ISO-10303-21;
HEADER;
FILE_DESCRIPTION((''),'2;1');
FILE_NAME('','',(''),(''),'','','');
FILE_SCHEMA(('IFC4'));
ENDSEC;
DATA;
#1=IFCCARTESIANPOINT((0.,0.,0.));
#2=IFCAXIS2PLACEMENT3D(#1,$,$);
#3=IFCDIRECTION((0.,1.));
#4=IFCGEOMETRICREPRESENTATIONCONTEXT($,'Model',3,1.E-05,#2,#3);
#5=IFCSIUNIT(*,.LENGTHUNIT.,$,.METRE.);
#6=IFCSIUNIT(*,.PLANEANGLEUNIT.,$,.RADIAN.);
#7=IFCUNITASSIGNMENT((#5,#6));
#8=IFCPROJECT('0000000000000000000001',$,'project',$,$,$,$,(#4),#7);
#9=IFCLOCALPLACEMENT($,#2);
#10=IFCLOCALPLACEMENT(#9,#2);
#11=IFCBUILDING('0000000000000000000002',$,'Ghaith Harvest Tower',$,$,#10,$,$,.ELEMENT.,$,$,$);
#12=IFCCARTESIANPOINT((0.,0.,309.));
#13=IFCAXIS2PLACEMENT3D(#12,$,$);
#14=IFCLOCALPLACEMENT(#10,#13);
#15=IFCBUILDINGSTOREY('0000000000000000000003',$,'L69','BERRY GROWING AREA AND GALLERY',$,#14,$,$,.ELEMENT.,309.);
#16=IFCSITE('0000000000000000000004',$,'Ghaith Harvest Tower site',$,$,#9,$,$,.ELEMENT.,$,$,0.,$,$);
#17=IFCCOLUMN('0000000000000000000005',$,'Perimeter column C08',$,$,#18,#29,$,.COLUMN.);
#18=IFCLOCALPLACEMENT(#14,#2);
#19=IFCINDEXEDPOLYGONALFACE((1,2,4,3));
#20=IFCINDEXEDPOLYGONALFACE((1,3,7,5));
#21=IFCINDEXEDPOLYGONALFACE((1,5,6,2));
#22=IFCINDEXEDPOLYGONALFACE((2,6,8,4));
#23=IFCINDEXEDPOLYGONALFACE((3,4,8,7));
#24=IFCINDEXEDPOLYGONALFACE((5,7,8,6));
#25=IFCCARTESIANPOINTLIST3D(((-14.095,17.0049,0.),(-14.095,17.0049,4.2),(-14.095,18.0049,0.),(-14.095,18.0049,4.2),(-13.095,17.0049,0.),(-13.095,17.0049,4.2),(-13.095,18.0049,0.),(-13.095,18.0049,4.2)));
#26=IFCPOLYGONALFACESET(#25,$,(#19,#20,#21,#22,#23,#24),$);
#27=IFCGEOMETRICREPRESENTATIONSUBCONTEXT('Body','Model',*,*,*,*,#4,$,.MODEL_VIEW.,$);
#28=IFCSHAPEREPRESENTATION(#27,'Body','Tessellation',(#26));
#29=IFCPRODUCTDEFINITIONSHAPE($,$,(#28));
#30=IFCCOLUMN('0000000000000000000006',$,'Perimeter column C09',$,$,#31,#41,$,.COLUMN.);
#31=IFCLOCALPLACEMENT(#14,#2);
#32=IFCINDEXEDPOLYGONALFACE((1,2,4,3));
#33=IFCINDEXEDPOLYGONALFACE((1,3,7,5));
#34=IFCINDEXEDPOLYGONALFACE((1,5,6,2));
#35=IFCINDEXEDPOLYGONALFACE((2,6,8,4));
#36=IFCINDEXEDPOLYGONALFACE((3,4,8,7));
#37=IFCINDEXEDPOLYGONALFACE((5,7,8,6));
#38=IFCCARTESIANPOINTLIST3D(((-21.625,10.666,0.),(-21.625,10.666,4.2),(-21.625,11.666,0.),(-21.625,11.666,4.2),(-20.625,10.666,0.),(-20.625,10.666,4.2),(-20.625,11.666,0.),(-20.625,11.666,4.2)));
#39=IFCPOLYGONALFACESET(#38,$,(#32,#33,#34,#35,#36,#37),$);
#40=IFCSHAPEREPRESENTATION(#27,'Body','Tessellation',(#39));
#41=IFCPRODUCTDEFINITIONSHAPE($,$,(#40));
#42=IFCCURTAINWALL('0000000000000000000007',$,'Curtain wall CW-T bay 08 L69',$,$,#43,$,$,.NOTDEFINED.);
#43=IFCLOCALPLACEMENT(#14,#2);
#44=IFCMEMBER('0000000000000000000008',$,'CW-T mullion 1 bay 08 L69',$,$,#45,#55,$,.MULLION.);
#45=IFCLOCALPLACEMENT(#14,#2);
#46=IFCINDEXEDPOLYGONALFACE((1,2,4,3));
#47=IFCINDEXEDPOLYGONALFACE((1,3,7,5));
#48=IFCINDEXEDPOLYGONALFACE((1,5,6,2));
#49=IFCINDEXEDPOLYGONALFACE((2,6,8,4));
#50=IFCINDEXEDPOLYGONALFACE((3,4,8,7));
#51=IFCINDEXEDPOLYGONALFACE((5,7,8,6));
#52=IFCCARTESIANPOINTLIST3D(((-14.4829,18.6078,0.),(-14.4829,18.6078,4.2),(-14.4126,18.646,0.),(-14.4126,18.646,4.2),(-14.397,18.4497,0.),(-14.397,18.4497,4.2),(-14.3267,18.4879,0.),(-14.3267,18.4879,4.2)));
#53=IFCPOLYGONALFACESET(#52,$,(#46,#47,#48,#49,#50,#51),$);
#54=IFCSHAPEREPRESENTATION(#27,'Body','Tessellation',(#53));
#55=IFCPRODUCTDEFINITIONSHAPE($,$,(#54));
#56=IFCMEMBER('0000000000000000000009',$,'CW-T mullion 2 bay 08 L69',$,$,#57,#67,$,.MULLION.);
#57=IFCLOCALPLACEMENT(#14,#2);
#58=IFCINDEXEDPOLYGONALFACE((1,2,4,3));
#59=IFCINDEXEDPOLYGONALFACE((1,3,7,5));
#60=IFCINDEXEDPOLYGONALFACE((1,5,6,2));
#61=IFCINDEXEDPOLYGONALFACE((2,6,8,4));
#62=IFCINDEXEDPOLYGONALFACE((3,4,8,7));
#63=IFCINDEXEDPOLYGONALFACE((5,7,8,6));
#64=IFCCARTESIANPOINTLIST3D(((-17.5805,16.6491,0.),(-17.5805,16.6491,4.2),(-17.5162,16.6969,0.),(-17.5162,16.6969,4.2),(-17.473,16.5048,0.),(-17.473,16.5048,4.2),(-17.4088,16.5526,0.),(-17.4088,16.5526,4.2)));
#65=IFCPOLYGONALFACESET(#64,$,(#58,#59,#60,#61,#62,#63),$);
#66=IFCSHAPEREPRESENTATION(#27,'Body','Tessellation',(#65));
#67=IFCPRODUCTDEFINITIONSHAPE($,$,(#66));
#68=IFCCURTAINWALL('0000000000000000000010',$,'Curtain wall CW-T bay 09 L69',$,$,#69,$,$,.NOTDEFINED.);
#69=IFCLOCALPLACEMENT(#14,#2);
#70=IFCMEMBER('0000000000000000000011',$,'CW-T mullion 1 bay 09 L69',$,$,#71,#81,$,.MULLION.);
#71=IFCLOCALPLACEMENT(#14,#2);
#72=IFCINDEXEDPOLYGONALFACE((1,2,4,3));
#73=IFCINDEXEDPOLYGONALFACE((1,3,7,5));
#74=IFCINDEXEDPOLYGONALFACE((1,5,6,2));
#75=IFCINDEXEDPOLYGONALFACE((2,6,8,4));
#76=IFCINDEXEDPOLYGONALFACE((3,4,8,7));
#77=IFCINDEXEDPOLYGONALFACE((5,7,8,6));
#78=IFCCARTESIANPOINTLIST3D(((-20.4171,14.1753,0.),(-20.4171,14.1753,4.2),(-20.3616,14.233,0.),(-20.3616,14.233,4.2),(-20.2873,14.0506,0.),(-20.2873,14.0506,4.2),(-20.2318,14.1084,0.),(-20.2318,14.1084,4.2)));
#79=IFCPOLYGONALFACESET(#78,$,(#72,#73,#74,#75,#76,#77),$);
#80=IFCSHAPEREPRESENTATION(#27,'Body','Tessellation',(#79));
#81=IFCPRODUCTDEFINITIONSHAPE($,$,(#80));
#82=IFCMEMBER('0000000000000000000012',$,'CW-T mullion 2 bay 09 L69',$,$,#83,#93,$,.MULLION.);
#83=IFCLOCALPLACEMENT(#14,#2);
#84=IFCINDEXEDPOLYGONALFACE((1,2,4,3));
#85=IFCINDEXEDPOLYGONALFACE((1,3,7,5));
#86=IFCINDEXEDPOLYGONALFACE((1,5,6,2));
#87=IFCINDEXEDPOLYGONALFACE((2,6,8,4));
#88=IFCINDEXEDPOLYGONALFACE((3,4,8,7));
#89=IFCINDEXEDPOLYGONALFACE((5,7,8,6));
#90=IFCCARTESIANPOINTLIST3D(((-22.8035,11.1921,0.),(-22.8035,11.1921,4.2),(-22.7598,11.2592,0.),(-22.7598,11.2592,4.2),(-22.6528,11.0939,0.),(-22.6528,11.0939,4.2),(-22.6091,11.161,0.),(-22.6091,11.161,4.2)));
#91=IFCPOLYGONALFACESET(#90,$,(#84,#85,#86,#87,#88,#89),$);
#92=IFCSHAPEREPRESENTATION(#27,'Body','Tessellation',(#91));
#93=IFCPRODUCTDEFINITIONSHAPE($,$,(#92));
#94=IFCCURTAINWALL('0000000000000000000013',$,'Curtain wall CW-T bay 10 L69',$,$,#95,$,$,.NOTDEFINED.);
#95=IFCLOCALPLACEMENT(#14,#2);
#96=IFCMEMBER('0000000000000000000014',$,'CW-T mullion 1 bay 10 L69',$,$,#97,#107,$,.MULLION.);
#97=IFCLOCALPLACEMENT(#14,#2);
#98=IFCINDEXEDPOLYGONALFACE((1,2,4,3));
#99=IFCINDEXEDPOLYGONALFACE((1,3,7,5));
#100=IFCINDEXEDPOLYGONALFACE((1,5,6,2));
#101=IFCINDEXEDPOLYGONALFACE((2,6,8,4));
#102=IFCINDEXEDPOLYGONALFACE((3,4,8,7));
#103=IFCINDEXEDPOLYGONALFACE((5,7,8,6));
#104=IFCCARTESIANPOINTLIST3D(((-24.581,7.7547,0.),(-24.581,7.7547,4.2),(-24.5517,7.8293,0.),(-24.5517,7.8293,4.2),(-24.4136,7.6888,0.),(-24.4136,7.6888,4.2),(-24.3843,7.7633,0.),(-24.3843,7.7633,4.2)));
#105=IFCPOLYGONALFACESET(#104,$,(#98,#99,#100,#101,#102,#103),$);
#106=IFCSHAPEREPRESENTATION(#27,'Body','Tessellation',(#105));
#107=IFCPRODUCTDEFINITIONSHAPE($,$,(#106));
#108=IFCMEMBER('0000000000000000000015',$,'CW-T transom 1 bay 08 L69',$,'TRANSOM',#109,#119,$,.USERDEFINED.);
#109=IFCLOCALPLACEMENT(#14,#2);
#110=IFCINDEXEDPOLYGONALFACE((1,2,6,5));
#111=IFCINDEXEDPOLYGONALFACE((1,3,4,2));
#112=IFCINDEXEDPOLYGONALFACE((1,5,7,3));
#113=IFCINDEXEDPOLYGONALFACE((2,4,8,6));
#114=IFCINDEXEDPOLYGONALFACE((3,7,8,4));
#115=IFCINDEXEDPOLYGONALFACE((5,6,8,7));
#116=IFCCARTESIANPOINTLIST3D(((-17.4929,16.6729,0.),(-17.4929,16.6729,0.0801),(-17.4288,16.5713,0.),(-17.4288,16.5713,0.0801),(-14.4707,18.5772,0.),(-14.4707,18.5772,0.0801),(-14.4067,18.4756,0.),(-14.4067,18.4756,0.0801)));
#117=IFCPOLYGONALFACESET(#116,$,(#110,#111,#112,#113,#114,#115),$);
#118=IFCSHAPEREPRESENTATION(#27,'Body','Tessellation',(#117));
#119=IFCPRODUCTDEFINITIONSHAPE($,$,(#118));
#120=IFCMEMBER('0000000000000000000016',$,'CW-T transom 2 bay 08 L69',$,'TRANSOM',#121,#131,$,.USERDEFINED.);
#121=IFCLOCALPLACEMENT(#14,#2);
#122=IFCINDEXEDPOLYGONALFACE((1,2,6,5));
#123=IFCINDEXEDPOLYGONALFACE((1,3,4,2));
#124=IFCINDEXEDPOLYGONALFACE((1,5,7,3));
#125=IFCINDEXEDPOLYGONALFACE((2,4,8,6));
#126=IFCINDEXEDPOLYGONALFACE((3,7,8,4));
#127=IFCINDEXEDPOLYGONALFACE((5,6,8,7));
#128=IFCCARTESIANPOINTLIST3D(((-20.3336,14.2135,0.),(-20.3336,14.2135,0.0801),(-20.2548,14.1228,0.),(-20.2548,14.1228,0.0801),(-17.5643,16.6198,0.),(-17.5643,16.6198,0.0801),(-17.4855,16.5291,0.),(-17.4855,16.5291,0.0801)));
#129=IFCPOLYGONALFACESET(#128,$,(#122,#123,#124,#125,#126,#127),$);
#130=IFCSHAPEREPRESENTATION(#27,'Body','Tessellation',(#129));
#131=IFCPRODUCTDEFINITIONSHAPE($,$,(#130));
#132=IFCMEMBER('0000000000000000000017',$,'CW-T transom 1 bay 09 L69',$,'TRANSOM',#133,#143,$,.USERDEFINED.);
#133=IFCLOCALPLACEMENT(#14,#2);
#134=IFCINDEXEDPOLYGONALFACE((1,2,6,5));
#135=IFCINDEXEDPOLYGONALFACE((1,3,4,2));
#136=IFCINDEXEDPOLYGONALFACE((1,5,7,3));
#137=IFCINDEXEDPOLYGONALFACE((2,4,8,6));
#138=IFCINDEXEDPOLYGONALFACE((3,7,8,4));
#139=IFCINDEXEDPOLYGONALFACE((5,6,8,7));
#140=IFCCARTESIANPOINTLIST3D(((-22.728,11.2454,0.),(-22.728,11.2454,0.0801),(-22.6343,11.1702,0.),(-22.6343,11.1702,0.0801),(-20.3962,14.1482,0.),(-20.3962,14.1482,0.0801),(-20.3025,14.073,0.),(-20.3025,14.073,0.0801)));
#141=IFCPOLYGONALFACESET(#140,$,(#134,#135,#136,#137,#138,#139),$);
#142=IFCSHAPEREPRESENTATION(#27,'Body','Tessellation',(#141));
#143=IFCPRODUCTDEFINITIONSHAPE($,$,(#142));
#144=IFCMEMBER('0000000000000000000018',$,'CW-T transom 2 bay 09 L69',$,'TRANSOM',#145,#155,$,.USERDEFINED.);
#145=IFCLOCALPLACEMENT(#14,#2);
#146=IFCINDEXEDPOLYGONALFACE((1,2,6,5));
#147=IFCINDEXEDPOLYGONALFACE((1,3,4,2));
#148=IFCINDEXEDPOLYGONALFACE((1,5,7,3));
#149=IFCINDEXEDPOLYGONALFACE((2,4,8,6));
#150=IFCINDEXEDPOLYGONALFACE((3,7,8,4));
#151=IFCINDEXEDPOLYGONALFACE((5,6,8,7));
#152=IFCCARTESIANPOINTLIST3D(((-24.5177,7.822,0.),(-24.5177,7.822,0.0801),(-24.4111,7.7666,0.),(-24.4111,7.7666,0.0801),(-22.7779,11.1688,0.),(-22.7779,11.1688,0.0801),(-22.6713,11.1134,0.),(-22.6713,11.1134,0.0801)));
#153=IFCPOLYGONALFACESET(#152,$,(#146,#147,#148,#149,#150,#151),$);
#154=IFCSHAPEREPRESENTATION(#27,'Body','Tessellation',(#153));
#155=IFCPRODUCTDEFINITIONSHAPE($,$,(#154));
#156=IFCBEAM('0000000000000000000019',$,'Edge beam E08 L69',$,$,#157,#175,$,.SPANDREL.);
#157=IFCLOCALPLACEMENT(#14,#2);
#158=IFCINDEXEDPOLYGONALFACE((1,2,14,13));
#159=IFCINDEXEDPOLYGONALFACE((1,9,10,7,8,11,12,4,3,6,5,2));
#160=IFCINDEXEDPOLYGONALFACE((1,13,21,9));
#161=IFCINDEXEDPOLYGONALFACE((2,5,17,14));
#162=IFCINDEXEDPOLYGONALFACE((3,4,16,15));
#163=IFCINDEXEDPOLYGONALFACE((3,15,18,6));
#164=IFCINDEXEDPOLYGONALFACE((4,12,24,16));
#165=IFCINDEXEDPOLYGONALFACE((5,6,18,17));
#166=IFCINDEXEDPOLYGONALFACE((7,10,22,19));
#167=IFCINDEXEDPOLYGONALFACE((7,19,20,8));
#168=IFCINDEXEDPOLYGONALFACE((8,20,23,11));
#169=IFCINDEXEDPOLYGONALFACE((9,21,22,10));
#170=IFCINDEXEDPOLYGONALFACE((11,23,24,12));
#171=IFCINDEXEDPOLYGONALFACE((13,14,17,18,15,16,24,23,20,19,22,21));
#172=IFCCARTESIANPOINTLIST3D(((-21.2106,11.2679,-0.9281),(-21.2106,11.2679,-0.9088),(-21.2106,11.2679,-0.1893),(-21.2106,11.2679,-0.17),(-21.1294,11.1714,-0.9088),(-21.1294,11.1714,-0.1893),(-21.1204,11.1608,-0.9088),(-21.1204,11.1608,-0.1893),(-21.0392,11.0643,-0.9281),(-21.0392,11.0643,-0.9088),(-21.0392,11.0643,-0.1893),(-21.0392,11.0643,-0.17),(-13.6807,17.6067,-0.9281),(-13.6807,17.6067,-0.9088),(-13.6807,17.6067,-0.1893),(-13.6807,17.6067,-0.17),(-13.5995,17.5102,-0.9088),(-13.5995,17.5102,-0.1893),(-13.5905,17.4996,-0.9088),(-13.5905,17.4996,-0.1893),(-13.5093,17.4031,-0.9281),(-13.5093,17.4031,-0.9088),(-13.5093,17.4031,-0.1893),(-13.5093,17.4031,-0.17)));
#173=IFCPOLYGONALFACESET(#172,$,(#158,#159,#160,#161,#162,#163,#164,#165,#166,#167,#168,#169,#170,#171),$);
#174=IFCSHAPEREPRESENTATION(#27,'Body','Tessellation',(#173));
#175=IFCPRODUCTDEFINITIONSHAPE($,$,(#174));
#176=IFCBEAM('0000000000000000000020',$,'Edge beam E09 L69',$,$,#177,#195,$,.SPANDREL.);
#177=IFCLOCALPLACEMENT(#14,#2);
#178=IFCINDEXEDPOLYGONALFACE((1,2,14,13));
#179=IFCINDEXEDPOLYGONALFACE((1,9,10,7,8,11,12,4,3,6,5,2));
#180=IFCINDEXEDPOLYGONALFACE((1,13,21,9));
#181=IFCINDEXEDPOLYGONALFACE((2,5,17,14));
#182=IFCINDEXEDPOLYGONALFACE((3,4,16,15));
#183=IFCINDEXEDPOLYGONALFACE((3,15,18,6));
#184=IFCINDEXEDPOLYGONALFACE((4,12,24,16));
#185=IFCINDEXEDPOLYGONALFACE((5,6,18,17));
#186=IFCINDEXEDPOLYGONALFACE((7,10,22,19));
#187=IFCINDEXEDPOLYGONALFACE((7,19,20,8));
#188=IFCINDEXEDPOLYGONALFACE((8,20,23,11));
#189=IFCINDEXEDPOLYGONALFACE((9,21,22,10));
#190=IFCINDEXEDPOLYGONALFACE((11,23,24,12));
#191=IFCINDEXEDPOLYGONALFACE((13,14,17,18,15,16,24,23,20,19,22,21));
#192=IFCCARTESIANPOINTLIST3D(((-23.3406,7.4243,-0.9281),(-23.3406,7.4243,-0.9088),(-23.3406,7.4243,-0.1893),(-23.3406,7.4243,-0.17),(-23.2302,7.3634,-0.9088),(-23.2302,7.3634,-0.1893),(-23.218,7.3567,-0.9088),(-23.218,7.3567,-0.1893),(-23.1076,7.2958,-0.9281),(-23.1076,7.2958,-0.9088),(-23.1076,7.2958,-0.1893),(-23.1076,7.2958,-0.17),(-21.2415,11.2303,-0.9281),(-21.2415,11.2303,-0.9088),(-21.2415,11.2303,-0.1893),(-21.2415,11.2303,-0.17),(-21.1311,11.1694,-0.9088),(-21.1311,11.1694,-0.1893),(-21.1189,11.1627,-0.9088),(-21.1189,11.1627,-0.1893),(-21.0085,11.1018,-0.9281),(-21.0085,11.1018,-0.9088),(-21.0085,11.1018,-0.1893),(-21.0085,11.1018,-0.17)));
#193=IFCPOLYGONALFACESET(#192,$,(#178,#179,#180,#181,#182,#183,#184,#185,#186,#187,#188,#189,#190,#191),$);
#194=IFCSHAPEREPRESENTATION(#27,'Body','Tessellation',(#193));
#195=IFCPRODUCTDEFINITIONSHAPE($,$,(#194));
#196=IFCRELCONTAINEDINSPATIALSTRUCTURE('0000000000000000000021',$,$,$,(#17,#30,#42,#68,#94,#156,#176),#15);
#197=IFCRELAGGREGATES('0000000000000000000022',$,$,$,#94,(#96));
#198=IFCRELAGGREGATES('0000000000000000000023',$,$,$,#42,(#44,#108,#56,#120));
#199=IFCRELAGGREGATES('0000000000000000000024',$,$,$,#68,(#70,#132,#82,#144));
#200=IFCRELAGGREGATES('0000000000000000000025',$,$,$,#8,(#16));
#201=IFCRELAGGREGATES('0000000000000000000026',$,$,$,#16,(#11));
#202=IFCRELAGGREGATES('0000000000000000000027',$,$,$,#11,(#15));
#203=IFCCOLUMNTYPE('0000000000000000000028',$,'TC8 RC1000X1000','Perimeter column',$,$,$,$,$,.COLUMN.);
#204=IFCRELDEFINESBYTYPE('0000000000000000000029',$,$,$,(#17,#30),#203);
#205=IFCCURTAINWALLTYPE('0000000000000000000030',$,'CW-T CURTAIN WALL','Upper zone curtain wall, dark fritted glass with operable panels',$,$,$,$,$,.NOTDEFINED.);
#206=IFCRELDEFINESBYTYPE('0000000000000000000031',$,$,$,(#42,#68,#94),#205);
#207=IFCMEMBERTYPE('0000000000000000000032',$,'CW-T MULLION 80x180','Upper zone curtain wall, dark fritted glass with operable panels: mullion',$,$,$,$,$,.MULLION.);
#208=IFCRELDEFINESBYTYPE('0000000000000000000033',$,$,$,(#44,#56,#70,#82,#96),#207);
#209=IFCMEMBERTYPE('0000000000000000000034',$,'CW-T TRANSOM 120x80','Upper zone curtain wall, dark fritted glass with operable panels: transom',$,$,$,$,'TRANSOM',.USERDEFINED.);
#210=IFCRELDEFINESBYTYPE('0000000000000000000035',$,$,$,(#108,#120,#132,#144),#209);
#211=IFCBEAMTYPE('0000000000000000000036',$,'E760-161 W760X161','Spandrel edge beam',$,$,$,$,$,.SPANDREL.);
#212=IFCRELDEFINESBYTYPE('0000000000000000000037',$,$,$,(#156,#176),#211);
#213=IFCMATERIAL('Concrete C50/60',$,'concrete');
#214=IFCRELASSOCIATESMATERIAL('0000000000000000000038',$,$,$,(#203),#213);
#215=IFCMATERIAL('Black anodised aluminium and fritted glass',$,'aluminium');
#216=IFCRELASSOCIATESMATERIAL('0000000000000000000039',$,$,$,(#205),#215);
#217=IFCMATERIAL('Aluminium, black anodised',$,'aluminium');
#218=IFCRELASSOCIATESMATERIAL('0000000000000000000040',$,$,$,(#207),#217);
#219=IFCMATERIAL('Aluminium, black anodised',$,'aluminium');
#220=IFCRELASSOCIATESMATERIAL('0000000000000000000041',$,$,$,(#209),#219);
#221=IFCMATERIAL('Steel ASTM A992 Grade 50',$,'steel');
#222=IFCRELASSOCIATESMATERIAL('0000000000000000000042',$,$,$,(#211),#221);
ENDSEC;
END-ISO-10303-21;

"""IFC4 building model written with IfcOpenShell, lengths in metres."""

from ifc_helpers import new_model, si_unit, direction, frame, origin, origin_2d, place, context, subcontext, project, spatial, rectangle, i_section, extrude, material, material_profile, profile_set, type_object, element, aggregate, save


model = new_model("IFC4")

# Units and contexts
model_context = context("Model", 3, precision=1e-05, world=origin(), true_north=direction((0.0, 1.0)))
body_context = subcontext(model_context, "Body", "Model", "MODEL_VIEW")
ifc_project = project(units=[si_unit("LENGTHUNIT", "METRE"), si_unit("PLANEANGLEUNIT", "RADIAN")], contexts=[model_context])

# Site, building, storey
site_placement = place(None, origin())
site = spatial("IfcSite", under=ifc_project, at=site_placement, Name="Ghaith Harvest Tower site", CompositionType="ELEMENT", RefElevation=0.0)
building_placement = place(site_placement, origin())
building = spatial("IfcBuilding", under=site, at=building_placement, Name="Ghaith Harvest Tower", CompositionType="ELEMENT")
storey_placement = place(building_placement, frame((0.0, 0.0, 309.0)))
storey = spatial("IfcBuildingStorey", under=building, at=storey_placement, Name="L69", Description="BERRY GROWING AREA AND GALLERY", CompositionType="ELEMENT", Elevation=309.0)

# Columns
ifc_material_1 = material(Name="Concrete C50/60", Category="concrete")
ifc_material_profile_1 = material_profile(ifc_material_1, rectangle(XDim=1.0, YDim=1.0, at=origin_2d()), Name="RC1000X1000")
ifc_profile_set_1 = profile_set([ifc_material_profile_1], Name="Concrete C50/60")
column_type = type_object("IfcColumnType", Name="TC8 RC1000X1000", Description="Perimeter column", PredefinedType="COLUMN", material=ifc_profile_set_1)
for number, where, z_axis, x_axis, name in (
    (1, (-13.595, 17.5049, 0.0), (0.0, 0.0, 1.0), (1.0, 0.0, 0.0), "Perimeter column C08"),
    (2, (-21.125, 11.166, 0.0), (0.0, 0.0, 1.0), (1.0, 0.0, 0.0), "Perimeter column C09"),
):
    element("IfcColumn", number, at=place(storey_placement, frame(where, z_axis=z_axis, x_axis=x_axis)), inside=storey, type_object=column_type, Name=name, PredefinedType="COLUMN", context=body_context, shape_type="SweptSolid", body=[
        extrude(rectangle(XDim=1.0, YDim=1.0, at=origin_2d()), origin(), (0.0, 0.0, 1.0), 4.2),
    ])

# Curtain walls, members
ifc_material_2 = material(Name="Black anodised aluminium and fritted glass", Category="aluminium")
curtain_wall_type = type_object("IfcCurtainWallType", Name="CW-T CURTAIN WALL", Description="Upper zone curtain wall, dark fritted glass with operable panels", PredefinedType="NOTDEFINED", material=ifc_material_2)
curtain_wall_1_placement = place(storey_placement, origin())
curtain_wall_1 = element("IfcCurtainWall", 3, at=curtain_wall_1_placement, inside=storey, type_object=curtain_wall_type, Name="Curtain wall CW-T bay 08 L69", PredefinedType="NOTDEFINED")
ifc_material_3 = material(Name="Aluminium, black anodised", Category="aluminium")
ifc_material_profile_2 = material_profile(ifc_material_3, rectangle(XDim=0.0801, YDim=0.1799, at=origin_2d()), Name="CW-T MULLION 80x180")
ifc_profile_set_2 = profile_set([ifc_material_profile_2], Name="Aluminium, black anodised")
member_type_1 = type_object("IfcMemberType", Name="CW-T MULLION 80x180", Description="Upper zone curtain wall, dark fritted glass with operable panels: mullion", PredefinedType="MULLION", material=ifc_profile_set_2)
member_1_placement = place(storey_placement, frame((-14.4048, 18.5479, 0.0), z_axis=(0.0, 0.0, 1.0), x_axis=(-0.878672, -0.477426, 0.0)))
member_1 = element("IfcMember", 4, at=member_1_placement, type_object=member_type_1, Name="CW-T mullion 1 bay 08 L69", PredefinedType="MULLION", context=body_context, shape_type="SweptSolid", body=[
    extrude(rectangle(XDim=0.0801, YDim=0.1799, at=origin_2d()), origin(), (0.0, 0.0, 1.0), 4.2),
])
member_2_placement = place(storey_placement, frame((-17.4946, 16.6008, 0.0), z_axis=(0.0, 0.0, 1.0), x_axis=(-0.80219, -0.597069, 0.0)))
member_2 = element("IfcMember", 5, at=member_2_placement, type_object=member_type_1, Name="CW-T mullion 2 bay 08 L69", PredefinedType="MULLION", context=body_context, shape_type="SweptSolid", body=[
    extrude(rectangle(XDim=0.0801, YDim=0.1799, at=origin_2d()), origin(), (0.0, 0.0, 1.0), 4.2),
])
curtain_wall_2_placement = place(storey_placement, origin())
curtain_wall_2 = element("IfcCurtainWall", 6, at=curtain_wall_2_placement, inside=storey, type_object=curtain_wall_type, Name="Curtain wall CW-T bay 09 L69", PredefinedType="NOTDEFINED")
member_3_placement = place(storey_placement, frame((-20.3245, 14.1418, 0.0), z_axis=(0.0, 0.0, 1.0), x_axis=(-0.692826, -0.721104, 0.0)))
member_3 = element("IfcMember", 7, at=member_3_placement, type_object=member_type_1, Name="CW-T mullion 1 bay 09 L69", PredefinedType="MULLION", context=body_context, shape_type="SweptSolid", body=[
    extrude(rectangle(XDim=0.0801, YDim=0.1799, at=origin_2d()), origin(), (0.0, 0.0, 1.0), 4.2),
])
member_4_placement = place(storey_placement, frame((-22.7063, 11.1765, 0.0), z_axis=(0.0, 0.0, 1.0), x_axis=(-0.545865, -0.837873, 0.0)))
member_4 = element("IfcMember", 8, at=member_4_placement, type_object=member_type_1, Name="CW-T mullion 2 bay 09 L69", PredefinedType="MULLION", context=body_context, shape_type="SweptSolid", body=[
    extrude(rectangle(XDim=0.0801, YDim=0.1799, at=origin_2d()), origin(), (0.0, 0.0, 1.0), 4.2),
])

# Curtain wall, member
curtain_wall_3_placement = place(storey_placement, origin())
curtain_wall_3 = element("IfcCurtainWall", 9, at=curtain_wall_3_placement, inside=storey, type_object=curtain_wall_type, Name="Curtain wall CW-T bay 10 L69", PredefinedType="NOTDEFINED")
member_5_placement = place(storey_placement, frame((-24.4827, 7.759, 0.0), z_axis=(0.0, 0.0, 1.0), x_axis=(-0.366473, -0.930429, 0.0)))
member_5 = element("IfcMember", 10, at=member_5_placement, type_object=member_type_1, Name="CW-T mullion 1 bay 10 L69", PredefinedType="MULLION", context=body_context, shape_type="SweptSolid", body=[
    extrude(rectangle(XDim=0.0801, YDim=0.1799, at=origin_2d()), origin(), (0.0, 0.0, 1.0), 4.2),
])
aggregate(curtain_wall_3, [member_5])

# Members
ifc_material_4 = material(Name="Aluminium, black anodised", Category="aluminium")
ifc_material_profile_3 = material_profile(ifc_material_4, rectangle(XDim=0.1201, YDim=0.0801, at=origin_2d()), Name="CW-T TRANSOM 120x80")
ifc_profile_set_3 = profile_set([ifc_material_profile_3], Name="Aluminium, black anodised")
member_type_2 = type_object("IfcMemberType", Name="CW-T TRANSOM 120x80", Description="Upper zone curtain wall, dark fritted glass with operable panels: transom", ElementType="TRANSOM", PredefinedType="USERDEFINED", material=ifc_profile_set_3)
member_6_placement = place(storey_placement, frame((-14.4387, 18.5264, 0.04), z_axis=(-0.846054, -0.533098, 0.0), x_axis=(0.533098, -0.846054, 0.0)))
member_6 = element("IfcMember", 11, at=member_6_placement, type_object=member_type_2, Name="CW-T transom 1 bay 08 L69", ObjectType="TRANSOM", PredefinedType="USERDEFINED", context=body_context, shape_type="SweptSolid", body=[
    extrude(rectangle(XDim=0.1201, YDim=0.0801, at=origin_2d()), origin(), (0.0, 0.0, 1.0), 3.572),
])
member_7_placement = place(storey_placement, frame((-17.5249, 16.5745, 0.04), z_axis=(-0.754852, -0.655895, 0.0), x_axis=(0.655895, -0.754852, 0.0)))
member_7 = element("IfcMember", 12, at=member_7_placement, type_object=member_type_2, Name="CW-T transom 2 bay 08 L69", ObjectType="TRANSOM", PredefinedType="USERDEFINED", context=body_context, shape_type="SweptSolid", body=[
    extrude(rectangle(XDim=0.1201, YDim=0.0801, at=origin_2d()), origin(), (0.0, 0.0, 1.0), 3.6687),
])
member_8_placement = place(storey_placement, frame((-20.3494, 14.1106, 0.04), z_axis=(-0.626253, -0.77962, 0.0), x_axis=(0.77962, -0.626253, 0.0)))
member_8 = element("IfcMember", 13, at=member_8_placement, type_object=member_type_2, Name="CW-T transom 1 bay 09 L69", ObjectType="TRANSOM", PredefinedType="USERDEFINED", context=body_context, shape_type="SweptSolid", body=[
    extrude(rectangle(XDim=0.1201, YDim=0.0801, at=origin_2d()), origin(), (0.0, 0.0, 1.0), 3.7234),
])
member_9_placement = place(storey_placement, frame((-22.7246, 11.1411, 0.04), z_axis=(-0.461243, -0.887274, 0.0), x_axis=(0.887274, -0.461243, 0.0)))
member_9 = element("IfcMember", 14, at=member_9_placement, type_object=member_type_2, Name="CW-T transom 2 bay 09 L69", ObjectType="TRANSOM", PredefinedType="USERDEFINED", context=body_context, shape_type="SweptSolid", body=[
    extrude(rectangle(XDim=0.1201, YDim=0.0801, at=origin_2d()), origin(), (0.0, 0.0, 1.0), 3.772),
])

# Beams
ifc_material_5 = material(Name="Steel ASTM A992 Grade 50", Category="steel")
ifc_material_profile_4 = material_profile(ifc_material_5, i_section(OverallWidth=0.2661, OverallDepth=0.7581, WebThickness=0.0139, FlangeThickness=0.0193, at=origin_2d()), Name="W760X161")
ifc_profile_set_4 = profile_set([ifc_material_profile_4], Name="Steel ASTM A992 Grade 50")
beam_type_1 = type_object("IfcBeamType", Name="E760-161 W760X161", Description="Spandrel edge beam", PredefinedType="SPANDREL", material=ifc_profile_set_4)
beam_1_placement = place(storey_placement, frame((-13.595, 17.5049, -0.5491), z_axis=(-0.765022, -0.644004, 0.0), x_axis=(0.644004, -0.765022, 0.0)))
element("IfcBeam", 15, at=beam_1_placement, inside=storey, type_object=beam_type_1, Name="Edge beam E08 L69", PredefinedType="SPANDREL", context=body_context, shape_type="SweptSolid", body=[
    extrude(i_section(OverallWidth=0.2661, OverallDepth=0.7581, WebThickness=0.0139, FlangeThickness=0.0193, at=origin_2d()), origin(), (0.0, 0.0, 1.0), 9.8428),
])
beam_2_placement = place(storey_placement, frame((-21.125, 11.166, -0.5491), z_axis=(-0.482956, -0.875645, 0.0), x_axis=(0.875645, -0.482956, 0.0)))
element("IfcBeam", 16, at=beam_2_placement, inside=storey, type_object=beam_type_1, Name="Edge beam E09 L69", PredefinedType="SPANDREL", context=body_context, shape_type="SweptSolid", body=[
    extrude(i_section(OverallWidth=0.2661, OverallDepth=0.7581, WebThickness=0.0139, FlangeThickness=0.0193, at=origin_2d()), origin(), (0.0, 0.0, 1.0), 4.3464),
])

aggregate(curtain_wall_1, [member_1, member_6, member_2, member_7])
aggregate(curtain_wall_2, [member_3, member_8, member_4, member_9])

save(model, "model.ifc")
